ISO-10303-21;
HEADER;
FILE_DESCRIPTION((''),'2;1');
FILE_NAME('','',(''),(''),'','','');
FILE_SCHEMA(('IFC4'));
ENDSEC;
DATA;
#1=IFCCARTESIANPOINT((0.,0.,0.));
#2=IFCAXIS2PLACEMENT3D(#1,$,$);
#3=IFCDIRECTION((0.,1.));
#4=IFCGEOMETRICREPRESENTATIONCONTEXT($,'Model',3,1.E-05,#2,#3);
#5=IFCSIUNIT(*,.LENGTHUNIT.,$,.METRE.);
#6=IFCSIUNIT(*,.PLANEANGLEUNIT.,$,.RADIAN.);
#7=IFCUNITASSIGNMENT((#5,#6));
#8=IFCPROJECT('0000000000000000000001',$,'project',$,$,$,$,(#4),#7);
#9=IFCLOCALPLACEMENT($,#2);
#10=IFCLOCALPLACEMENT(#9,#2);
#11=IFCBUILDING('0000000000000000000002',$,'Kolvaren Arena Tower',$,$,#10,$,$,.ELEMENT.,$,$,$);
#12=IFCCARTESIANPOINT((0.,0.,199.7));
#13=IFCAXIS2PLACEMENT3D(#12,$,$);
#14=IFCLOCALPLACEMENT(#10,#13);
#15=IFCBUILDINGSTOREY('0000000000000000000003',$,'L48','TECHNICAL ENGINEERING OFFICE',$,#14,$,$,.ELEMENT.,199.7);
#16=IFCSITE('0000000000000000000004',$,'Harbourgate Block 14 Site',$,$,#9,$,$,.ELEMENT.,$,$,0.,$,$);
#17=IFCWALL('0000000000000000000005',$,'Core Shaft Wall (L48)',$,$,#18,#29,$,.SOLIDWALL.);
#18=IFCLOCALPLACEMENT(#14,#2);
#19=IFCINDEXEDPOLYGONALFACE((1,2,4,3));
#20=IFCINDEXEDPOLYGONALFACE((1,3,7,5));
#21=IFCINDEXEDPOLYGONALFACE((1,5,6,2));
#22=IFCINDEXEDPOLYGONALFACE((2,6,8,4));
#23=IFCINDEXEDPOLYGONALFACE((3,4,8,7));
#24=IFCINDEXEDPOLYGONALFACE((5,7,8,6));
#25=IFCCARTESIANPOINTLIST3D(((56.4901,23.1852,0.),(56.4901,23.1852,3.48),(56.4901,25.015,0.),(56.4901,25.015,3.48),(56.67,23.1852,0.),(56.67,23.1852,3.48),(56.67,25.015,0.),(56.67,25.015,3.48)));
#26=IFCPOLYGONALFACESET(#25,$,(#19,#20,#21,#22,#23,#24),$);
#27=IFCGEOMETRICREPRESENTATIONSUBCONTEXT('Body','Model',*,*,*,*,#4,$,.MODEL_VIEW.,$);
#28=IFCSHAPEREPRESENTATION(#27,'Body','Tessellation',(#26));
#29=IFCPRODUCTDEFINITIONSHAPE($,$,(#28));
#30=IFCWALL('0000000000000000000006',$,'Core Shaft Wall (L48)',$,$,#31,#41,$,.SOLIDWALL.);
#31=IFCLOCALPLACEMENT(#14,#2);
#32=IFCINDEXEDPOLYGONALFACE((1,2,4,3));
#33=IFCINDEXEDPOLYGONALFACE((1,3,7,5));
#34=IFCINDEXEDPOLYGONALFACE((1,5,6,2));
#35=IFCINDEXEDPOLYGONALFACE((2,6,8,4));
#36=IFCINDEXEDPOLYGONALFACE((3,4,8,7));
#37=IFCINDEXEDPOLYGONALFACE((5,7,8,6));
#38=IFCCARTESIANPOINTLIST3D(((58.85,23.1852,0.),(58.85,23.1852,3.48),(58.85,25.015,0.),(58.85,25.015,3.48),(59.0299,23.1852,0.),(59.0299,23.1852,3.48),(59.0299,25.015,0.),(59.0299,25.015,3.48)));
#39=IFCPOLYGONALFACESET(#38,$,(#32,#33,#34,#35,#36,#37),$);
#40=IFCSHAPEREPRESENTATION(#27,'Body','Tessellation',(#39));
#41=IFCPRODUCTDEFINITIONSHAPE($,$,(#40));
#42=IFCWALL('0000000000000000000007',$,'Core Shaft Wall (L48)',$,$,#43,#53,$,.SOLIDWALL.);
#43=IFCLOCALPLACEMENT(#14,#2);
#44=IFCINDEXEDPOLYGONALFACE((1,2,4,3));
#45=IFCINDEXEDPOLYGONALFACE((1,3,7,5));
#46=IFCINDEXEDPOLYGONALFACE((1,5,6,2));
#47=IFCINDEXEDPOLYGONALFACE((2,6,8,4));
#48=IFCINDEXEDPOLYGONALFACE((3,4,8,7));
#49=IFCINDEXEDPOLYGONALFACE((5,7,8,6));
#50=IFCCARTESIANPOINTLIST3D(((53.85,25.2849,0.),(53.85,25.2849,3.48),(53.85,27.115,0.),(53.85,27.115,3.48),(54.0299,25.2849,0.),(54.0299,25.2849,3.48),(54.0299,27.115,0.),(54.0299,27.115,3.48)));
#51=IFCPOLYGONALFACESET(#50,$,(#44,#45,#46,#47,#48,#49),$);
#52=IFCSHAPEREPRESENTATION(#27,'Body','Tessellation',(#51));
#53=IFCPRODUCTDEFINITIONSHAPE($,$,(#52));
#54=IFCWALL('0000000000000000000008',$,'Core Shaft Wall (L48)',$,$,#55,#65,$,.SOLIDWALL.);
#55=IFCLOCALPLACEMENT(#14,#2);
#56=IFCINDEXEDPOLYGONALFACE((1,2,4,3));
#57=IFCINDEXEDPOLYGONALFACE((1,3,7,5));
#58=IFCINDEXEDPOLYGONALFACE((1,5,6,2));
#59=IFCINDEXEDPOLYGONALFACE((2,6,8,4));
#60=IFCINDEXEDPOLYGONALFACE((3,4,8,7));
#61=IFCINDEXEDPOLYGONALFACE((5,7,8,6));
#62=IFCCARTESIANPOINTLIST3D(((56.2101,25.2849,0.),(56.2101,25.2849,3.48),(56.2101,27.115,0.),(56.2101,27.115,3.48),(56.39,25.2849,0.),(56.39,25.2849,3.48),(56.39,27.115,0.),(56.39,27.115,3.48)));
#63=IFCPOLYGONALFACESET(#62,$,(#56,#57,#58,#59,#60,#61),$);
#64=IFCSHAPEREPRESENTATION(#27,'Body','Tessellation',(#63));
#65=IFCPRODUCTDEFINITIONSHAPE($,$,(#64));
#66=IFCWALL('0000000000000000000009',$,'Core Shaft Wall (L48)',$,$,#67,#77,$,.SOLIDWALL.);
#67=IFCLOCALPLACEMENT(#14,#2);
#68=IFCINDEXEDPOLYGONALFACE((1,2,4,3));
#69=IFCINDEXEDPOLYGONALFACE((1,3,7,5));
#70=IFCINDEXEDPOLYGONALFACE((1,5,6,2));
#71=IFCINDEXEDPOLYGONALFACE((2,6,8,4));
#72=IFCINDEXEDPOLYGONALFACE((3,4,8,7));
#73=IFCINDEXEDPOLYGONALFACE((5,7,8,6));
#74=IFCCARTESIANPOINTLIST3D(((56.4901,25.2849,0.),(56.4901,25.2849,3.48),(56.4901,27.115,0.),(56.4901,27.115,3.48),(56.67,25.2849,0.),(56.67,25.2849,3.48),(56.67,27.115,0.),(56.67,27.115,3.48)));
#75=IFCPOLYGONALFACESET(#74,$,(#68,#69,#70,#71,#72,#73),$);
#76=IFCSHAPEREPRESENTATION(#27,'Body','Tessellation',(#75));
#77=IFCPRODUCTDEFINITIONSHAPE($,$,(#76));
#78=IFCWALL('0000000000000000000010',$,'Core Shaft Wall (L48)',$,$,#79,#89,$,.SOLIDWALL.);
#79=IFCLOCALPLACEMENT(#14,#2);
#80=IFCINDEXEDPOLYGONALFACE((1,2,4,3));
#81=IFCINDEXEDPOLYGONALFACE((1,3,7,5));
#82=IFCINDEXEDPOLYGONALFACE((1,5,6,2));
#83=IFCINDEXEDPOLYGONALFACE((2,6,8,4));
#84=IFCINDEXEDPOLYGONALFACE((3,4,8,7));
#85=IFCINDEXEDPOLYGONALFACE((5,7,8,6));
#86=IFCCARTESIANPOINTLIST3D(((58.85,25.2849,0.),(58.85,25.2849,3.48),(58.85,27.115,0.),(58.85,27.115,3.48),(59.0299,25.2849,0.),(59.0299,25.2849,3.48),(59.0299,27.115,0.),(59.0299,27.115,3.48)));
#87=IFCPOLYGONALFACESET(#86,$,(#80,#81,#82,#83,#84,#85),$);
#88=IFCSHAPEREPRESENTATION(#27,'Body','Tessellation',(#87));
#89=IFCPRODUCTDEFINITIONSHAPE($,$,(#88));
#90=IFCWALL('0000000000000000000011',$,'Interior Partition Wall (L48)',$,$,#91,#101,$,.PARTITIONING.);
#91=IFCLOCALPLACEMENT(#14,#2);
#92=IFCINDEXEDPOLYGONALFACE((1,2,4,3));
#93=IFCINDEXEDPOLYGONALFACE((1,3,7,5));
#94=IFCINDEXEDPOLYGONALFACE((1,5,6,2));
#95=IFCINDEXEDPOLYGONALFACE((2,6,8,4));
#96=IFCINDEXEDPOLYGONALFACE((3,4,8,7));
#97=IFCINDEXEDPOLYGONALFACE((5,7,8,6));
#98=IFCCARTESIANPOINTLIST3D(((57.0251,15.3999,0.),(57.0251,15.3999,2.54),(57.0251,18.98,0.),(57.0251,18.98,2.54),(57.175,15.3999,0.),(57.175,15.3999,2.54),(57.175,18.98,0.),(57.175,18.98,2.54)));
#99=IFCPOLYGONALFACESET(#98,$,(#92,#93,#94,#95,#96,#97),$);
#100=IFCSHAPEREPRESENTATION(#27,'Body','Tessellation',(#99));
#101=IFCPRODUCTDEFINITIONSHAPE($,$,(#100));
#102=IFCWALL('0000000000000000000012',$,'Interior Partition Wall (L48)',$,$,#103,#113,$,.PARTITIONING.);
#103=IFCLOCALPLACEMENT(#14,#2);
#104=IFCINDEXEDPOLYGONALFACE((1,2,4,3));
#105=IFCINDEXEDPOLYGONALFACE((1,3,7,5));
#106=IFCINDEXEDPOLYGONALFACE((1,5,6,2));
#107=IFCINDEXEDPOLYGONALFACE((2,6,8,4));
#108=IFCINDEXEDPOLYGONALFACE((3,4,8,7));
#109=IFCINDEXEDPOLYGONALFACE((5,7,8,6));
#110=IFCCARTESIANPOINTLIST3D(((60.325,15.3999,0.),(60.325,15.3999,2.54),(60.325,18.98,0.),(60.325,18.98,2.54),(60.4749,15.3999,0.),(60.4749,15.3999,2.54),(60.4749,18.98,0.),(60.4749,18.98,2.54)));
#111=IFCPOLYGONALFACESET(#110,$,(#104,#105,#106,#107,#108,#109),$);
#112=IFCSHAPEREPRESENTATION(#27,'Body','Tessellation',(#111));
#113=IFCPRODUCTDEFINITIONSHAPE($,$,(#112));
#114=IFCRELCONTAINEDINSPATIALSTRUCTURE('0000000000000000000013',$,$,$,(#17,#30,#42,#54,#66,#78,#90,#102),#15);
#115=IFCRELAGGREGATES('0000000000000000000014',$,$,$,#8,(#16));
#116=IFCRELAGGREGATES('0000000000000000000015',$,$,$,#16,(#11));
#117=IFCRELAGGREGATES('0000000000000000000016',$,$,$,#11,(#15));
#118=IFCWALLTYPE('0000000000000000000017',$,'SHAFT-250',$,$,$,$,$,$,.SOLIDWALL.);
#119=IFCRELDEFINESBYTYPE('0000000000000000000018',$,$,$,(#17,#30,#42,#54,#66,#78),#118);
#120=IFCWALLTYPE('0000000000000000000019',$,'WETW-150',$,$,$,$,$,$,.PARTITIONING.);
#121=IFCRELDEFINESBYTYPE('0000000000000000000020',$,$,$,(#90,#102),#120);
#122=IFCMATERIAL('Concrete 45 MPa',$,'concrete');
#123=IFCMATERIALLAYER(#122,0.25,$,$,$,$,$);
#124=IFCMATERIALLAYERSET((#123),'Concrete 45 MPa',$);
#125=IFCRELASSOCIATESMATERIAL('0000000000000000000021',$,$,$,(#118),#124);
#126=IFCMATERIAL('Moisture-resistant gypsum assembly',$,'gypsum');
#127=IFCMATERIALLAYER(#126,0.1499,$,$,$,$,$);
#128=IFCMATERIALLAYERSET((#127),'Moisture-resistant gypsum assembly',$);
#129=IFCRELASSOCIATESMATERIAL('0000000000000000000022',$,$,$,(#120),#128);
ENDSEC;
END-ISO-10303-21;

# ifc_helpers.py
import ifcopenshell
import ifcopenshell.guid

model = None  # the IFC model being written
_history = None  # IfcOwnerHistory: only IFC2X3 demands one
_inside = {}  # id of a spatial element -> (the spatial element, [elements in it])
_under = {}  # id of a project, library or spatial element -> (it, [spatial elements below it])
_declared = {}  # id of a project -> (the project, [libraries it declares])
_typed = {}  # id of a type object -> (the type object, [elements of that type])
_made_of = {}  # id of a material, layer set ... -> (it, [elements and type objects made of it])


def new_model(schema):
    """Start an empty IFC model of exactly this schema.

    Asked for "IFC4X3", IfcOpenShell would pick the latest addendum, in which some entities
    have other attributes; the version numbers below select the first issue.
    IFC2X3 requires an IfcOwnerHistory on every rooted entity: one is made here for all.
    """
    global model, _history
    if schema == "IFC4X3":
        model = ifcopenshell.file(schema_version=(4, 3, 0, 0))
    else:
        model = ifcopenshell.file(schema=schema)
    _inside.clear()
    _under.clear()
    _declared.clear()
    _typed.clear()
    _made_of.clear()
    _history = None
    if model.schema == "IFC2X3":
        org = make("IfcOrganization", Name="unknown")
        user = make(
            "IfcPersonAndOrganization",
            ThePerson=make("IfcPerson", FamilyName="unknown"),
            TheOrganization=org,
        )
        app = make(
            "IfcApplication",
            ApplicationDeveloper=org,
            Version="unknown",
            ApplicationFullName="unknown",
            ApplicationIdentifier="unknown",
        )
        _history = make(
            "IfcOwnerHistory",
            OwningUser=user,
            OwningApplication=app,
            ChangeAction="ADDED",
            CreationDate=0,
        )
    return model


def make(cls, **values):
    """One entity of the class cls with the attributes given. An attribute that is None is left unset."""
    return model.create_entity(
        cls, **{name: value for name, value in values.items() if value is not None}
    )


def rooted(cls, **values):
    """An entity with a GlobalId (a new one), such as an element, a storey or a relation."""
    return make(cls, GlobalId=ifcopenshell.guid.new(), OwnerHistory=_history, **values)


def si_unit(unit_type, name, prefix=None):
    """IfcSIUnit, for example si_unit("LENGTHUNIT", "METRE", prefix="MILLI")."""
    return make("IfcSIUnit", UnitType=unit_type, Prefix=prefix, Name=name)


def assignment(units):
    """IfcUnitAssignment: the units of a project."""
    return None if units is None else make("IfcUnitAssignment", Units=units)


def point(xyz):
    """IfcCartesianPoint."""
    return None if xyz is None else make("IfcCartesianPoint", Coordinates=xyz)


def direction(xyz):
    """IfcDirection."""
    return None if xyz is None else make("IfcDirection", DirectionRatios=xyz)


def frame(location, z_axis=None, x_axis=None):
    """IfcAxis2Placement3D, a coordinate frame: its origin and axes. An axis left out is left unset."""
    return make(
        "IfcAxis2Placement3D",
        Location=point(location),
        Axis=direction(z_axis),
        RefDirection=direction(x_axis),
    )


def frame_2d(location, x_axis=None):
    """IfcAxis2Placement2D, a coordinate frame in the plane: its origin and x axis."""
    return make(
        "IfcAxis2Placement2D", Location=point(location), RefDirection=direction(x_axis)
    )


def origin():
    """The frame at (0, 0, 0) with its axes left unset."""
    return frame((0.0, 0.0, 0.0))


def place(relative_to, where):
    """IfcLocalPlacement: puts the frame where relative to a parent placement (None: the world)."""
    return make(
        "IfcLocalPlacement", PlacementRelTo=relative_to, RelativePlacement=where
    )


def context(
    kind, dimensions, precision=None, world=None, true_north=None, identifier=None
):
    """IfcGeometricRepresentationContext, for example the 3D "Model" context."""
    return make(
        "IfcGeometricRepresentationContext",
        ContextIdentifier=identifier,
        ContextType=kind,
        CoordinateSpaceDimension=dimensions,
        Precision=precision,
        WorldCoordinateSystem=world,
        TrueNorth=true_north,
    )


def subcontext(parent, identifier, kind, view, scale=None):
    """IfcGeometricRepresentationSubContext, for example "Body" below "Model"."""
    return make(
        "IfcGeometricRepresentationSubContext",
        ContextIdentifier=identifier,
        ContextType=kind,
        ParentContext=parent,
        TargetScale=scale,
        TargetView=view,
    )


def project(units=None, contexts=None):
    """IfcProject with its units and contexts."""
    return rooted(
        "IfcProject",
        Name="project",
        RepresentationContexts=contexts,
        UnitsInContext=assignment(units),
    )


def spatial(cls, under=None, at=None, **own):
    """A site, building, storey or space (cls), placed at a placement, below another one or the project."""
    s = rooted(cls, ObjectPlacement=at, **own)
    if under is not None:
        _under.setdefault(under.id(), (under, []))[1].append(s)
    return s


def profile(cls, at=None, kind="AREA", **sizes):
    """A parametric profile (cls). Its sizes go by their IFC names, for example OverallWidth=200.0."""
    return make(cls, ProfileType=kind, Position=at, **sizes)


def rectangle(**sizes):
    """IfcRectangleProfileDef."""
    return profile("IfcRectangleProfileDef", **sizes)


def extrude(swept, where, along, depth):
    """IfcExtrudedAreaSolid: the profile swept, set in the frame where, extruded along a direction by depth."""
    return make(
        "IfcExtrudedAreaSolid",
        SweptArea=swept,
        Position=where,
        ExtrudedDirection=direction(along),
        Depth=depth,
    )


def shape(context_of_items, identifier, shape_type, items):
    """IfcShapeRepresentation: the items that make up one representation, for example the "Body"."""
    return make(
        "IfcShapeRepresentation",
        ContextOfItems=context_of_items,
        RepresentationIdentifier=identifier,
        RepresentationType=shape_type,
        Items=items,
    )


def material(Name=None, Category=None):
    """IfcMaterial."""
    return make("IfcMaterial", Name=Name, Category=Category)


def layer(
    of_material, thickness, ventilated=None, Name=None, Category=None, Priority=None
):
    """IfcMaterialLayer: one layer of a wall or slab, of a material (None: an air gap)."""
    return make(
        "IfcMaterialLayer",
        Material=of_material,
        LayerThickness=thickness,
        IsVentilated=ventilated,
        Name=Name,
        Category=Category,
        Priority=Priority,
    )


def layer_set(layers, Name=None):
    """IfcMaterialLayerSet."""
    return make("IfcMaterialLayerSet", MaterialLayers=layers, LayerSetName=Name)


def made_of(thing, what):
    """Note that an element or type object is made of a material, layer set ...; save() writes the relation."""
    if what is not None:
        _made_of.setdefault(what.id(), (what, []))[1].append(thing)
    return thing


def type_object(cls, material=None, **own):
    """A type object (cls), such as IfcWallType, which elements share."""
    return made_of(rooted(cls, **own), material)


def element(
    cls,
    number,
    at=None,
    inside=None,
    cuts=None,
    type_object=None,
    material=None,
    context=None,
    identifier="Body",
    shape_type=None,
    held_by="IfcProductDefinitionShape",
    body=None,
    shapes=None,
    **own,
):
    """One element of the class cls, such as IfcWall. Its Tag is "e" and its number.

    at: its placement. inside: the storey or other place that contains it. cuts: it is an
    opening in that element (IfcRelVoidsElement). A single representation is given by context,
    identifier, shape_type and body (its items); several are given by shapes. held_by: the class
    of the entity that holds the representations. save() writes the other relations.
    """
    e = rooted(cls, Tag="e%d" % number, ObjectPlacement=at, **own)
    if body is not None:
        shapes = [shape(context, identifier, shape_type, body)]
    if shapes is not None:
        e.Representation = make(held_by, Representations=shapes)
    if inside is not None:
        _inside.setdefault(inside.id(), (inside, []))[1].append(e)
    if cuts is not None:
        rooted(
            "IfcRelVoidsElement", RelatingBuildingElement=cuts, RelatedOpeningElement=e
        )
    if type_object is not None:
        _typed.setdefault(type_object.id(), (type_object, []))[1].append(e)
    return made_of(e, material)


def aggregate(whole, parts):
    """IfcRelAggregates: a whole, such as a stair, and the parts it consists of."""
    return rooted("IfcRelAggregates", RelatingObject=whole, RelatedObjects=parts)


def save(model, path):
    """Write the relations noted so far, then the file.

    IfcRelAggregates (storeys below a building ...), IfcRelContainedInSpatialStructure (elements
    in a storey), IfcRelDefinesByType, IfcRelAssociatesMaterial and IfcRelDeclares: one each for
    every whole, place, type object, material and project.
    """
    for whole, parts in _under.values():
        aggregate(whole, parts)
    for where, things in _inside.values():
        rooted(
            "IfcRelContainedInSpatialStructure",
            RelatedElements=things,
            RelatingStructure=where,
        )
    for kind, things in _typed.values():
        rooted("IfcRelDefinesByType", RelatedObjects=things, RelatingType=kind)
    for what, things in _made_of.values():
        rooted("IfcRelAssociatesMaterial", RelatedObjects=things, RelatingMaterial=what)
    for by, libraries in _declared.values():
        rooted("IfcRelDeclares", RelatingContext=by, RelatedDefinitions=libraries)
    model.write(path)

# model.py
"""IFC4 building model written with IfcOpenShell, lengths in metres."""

from ifc_helpers import new_model, si_unit, direction, frame, frame_2d, origin, place, context, subcontext, project, spatial, rectangle, extrude, material, layer, layer_set, type_object, element, save


model = new_model("IFC4")

# Units and contexts
model_context = context("Model", 3, precision=1e-05, world=origin(), true_north=direction((0.0, 1.0)))
body_context = subcontext(model_context, "Body", "Model", "MODEL_VIEW")
ifc_project = project(units=[si_unit("LENGTHUNIT", "METRE"), si_unit("PLANEANGLEUNIT", "RADIAN")], contexts=[model_context])

# Site, building, storey
site_placement = place(None, origin())
site = spatial("IfcSite", under=ifc_project, at=site_placement, Name="Harbourgate Block 14 Site", CompositionType="ELEMENT", RefElevation=0.0)
building_placement = place(site_placement, origin())
building = spatial("IfcBuilding", under=site, at=building_placement, Name="Kolvaren Arena Tower", CompositionType="ELEMENT")
storey_placement = place(building_placement, frame((0.0, 0.0, 199.7)))
storey = spatial("IfcBuildingStorey", under=building, at=storey_placement, Name="L48", Description="TECHNICAL ENGINEERING OFFICE", CompositionType="ELEMENT", Elevation=199.7)

# Walls
ifc_material_1 = material(Name="Concrete 45 MPa", Category="concrete")
ifc_layer_1 = layer(ifc_material_1, 0.25)
ifc_layer_set_1 = layer_set([ifc_layer_1], Name="Concrete 45 MPa")
wall_type_1 = type_object("IfcWallType", Name="SHAFT-250", PredefinedType="SOLIDWALL", material=ifc_layer_set_1)
for number, where, z_axis, x_axis, name in (
    (1, (56.5801, 23.1851, 0.0), (0.0, 0.0, 1.0), (0.0, 1.0, 0.0), "Core Shaft Wall (L48)"),
    (2, (58.9399, 23.1851, 0.0), (0.0, 0.0, 1.0), (0.0, 1.0, 0.0), "Core Shaft Wall (L48)"),
):
    element("IfcWall", number, at=place(storey_placement, frame(where, z_axis=z_axis, x_axis=x_axis)), inside=storey, type_object=wall_type_1, Name=name, PredefinedType="SOLIDWALL", context=body_context, shape_type="SweptSolid", body=[
        extrude(rectangle(XDim=1.8298, YDim=0.1799, at=frame_2d((0.915, 0.0))), origin(), (0.0, 0.0, 1.0), 3.48),
    ])
for number, where, z_axis, x_axis, name in (
    (3, (53.9399, 25.2849, 0.0), (0.0, 0.0, 1.0), (0.0, 1.0, 0.0), "Core Shaft Wall (L48)"),
    (4, (56.3, 25.2849, 0.0), (0.0, 0.0, 1.0), (0.0, 1.0, 0.0), "Core Shaft Wall (L48)"),
    (5, (56.5801, 25.2849, 0.0), (0.0, 0.0, 1.0), (0.0, 1.0, 0.0), "Core Shaft Wall (L48)"),
    (6, (58.9399, 25.2849, 0.0), (0.0, 0.0, 1.0), (0.0, 1.0, 0.0), "Core Shaft Wall (L48)"),
):
    element("IfcWall", number, at=place(storey_placement, frame(where, z_axis=z_axis, x_axis=x_axis)), inside=storey, type_object=wall_type_1, Name=name, PredefinedType="SOLIDWALL", context=body_context, shape_type="SweptSolid", body=[
        extrude(rectangle(XDim=1.8301, YDim=0.1799, at=frame_2d((0.915, 0.0))), origin(), (0.0, 0.0, 1.0), 3.48),
    ])
ifc_material_2 = material(Name="Moisture-resistant gypsum assembly", Category="gypsum")
ifc_layer_2 = layer(ifc_material_2, 0.1499)
ifc_layer_set_2 = layer_set([ifc_layer_2], Name="Moisture-resistant gypsum assembly")
wall_type_2 = type_object("IfcWallType", Name="WETW-150", PredefinedType="PARTITIONING", material=ifc_layer_set_2)
for number, where, z_axis, x_axis, name in (
    (7, (57.1001, 15.3999, 0.0), (0.0, 0.0, 1.0), (0.0, 1.0, 0.0), "Interior Partition Wall (L48)"),
    (8, (60.3999, 15.3999, 0.0), (0.0, 0.0, 1.0), (0.0, 1.0, 0.0), "Interior Partition Wall (L48)"),
):
    element("IfcWall", number, at=place(storey_placement, frame(where, z_axis=z_axis, x_axis=x_axis)), inside=storey, type_object=wall_type_2, Name=name, PredefinedType="PARTITIONING", context=body_context, shape_type="SweptSolid", body=[
        extrude(rectangle(XDim=3.5801, YDim=0.1499, at=frame_2d((1.79, 0.0))), origin(), (0.0, 0.0, 1.0), 2.54),
    ])

save(model, "model.ifc")
